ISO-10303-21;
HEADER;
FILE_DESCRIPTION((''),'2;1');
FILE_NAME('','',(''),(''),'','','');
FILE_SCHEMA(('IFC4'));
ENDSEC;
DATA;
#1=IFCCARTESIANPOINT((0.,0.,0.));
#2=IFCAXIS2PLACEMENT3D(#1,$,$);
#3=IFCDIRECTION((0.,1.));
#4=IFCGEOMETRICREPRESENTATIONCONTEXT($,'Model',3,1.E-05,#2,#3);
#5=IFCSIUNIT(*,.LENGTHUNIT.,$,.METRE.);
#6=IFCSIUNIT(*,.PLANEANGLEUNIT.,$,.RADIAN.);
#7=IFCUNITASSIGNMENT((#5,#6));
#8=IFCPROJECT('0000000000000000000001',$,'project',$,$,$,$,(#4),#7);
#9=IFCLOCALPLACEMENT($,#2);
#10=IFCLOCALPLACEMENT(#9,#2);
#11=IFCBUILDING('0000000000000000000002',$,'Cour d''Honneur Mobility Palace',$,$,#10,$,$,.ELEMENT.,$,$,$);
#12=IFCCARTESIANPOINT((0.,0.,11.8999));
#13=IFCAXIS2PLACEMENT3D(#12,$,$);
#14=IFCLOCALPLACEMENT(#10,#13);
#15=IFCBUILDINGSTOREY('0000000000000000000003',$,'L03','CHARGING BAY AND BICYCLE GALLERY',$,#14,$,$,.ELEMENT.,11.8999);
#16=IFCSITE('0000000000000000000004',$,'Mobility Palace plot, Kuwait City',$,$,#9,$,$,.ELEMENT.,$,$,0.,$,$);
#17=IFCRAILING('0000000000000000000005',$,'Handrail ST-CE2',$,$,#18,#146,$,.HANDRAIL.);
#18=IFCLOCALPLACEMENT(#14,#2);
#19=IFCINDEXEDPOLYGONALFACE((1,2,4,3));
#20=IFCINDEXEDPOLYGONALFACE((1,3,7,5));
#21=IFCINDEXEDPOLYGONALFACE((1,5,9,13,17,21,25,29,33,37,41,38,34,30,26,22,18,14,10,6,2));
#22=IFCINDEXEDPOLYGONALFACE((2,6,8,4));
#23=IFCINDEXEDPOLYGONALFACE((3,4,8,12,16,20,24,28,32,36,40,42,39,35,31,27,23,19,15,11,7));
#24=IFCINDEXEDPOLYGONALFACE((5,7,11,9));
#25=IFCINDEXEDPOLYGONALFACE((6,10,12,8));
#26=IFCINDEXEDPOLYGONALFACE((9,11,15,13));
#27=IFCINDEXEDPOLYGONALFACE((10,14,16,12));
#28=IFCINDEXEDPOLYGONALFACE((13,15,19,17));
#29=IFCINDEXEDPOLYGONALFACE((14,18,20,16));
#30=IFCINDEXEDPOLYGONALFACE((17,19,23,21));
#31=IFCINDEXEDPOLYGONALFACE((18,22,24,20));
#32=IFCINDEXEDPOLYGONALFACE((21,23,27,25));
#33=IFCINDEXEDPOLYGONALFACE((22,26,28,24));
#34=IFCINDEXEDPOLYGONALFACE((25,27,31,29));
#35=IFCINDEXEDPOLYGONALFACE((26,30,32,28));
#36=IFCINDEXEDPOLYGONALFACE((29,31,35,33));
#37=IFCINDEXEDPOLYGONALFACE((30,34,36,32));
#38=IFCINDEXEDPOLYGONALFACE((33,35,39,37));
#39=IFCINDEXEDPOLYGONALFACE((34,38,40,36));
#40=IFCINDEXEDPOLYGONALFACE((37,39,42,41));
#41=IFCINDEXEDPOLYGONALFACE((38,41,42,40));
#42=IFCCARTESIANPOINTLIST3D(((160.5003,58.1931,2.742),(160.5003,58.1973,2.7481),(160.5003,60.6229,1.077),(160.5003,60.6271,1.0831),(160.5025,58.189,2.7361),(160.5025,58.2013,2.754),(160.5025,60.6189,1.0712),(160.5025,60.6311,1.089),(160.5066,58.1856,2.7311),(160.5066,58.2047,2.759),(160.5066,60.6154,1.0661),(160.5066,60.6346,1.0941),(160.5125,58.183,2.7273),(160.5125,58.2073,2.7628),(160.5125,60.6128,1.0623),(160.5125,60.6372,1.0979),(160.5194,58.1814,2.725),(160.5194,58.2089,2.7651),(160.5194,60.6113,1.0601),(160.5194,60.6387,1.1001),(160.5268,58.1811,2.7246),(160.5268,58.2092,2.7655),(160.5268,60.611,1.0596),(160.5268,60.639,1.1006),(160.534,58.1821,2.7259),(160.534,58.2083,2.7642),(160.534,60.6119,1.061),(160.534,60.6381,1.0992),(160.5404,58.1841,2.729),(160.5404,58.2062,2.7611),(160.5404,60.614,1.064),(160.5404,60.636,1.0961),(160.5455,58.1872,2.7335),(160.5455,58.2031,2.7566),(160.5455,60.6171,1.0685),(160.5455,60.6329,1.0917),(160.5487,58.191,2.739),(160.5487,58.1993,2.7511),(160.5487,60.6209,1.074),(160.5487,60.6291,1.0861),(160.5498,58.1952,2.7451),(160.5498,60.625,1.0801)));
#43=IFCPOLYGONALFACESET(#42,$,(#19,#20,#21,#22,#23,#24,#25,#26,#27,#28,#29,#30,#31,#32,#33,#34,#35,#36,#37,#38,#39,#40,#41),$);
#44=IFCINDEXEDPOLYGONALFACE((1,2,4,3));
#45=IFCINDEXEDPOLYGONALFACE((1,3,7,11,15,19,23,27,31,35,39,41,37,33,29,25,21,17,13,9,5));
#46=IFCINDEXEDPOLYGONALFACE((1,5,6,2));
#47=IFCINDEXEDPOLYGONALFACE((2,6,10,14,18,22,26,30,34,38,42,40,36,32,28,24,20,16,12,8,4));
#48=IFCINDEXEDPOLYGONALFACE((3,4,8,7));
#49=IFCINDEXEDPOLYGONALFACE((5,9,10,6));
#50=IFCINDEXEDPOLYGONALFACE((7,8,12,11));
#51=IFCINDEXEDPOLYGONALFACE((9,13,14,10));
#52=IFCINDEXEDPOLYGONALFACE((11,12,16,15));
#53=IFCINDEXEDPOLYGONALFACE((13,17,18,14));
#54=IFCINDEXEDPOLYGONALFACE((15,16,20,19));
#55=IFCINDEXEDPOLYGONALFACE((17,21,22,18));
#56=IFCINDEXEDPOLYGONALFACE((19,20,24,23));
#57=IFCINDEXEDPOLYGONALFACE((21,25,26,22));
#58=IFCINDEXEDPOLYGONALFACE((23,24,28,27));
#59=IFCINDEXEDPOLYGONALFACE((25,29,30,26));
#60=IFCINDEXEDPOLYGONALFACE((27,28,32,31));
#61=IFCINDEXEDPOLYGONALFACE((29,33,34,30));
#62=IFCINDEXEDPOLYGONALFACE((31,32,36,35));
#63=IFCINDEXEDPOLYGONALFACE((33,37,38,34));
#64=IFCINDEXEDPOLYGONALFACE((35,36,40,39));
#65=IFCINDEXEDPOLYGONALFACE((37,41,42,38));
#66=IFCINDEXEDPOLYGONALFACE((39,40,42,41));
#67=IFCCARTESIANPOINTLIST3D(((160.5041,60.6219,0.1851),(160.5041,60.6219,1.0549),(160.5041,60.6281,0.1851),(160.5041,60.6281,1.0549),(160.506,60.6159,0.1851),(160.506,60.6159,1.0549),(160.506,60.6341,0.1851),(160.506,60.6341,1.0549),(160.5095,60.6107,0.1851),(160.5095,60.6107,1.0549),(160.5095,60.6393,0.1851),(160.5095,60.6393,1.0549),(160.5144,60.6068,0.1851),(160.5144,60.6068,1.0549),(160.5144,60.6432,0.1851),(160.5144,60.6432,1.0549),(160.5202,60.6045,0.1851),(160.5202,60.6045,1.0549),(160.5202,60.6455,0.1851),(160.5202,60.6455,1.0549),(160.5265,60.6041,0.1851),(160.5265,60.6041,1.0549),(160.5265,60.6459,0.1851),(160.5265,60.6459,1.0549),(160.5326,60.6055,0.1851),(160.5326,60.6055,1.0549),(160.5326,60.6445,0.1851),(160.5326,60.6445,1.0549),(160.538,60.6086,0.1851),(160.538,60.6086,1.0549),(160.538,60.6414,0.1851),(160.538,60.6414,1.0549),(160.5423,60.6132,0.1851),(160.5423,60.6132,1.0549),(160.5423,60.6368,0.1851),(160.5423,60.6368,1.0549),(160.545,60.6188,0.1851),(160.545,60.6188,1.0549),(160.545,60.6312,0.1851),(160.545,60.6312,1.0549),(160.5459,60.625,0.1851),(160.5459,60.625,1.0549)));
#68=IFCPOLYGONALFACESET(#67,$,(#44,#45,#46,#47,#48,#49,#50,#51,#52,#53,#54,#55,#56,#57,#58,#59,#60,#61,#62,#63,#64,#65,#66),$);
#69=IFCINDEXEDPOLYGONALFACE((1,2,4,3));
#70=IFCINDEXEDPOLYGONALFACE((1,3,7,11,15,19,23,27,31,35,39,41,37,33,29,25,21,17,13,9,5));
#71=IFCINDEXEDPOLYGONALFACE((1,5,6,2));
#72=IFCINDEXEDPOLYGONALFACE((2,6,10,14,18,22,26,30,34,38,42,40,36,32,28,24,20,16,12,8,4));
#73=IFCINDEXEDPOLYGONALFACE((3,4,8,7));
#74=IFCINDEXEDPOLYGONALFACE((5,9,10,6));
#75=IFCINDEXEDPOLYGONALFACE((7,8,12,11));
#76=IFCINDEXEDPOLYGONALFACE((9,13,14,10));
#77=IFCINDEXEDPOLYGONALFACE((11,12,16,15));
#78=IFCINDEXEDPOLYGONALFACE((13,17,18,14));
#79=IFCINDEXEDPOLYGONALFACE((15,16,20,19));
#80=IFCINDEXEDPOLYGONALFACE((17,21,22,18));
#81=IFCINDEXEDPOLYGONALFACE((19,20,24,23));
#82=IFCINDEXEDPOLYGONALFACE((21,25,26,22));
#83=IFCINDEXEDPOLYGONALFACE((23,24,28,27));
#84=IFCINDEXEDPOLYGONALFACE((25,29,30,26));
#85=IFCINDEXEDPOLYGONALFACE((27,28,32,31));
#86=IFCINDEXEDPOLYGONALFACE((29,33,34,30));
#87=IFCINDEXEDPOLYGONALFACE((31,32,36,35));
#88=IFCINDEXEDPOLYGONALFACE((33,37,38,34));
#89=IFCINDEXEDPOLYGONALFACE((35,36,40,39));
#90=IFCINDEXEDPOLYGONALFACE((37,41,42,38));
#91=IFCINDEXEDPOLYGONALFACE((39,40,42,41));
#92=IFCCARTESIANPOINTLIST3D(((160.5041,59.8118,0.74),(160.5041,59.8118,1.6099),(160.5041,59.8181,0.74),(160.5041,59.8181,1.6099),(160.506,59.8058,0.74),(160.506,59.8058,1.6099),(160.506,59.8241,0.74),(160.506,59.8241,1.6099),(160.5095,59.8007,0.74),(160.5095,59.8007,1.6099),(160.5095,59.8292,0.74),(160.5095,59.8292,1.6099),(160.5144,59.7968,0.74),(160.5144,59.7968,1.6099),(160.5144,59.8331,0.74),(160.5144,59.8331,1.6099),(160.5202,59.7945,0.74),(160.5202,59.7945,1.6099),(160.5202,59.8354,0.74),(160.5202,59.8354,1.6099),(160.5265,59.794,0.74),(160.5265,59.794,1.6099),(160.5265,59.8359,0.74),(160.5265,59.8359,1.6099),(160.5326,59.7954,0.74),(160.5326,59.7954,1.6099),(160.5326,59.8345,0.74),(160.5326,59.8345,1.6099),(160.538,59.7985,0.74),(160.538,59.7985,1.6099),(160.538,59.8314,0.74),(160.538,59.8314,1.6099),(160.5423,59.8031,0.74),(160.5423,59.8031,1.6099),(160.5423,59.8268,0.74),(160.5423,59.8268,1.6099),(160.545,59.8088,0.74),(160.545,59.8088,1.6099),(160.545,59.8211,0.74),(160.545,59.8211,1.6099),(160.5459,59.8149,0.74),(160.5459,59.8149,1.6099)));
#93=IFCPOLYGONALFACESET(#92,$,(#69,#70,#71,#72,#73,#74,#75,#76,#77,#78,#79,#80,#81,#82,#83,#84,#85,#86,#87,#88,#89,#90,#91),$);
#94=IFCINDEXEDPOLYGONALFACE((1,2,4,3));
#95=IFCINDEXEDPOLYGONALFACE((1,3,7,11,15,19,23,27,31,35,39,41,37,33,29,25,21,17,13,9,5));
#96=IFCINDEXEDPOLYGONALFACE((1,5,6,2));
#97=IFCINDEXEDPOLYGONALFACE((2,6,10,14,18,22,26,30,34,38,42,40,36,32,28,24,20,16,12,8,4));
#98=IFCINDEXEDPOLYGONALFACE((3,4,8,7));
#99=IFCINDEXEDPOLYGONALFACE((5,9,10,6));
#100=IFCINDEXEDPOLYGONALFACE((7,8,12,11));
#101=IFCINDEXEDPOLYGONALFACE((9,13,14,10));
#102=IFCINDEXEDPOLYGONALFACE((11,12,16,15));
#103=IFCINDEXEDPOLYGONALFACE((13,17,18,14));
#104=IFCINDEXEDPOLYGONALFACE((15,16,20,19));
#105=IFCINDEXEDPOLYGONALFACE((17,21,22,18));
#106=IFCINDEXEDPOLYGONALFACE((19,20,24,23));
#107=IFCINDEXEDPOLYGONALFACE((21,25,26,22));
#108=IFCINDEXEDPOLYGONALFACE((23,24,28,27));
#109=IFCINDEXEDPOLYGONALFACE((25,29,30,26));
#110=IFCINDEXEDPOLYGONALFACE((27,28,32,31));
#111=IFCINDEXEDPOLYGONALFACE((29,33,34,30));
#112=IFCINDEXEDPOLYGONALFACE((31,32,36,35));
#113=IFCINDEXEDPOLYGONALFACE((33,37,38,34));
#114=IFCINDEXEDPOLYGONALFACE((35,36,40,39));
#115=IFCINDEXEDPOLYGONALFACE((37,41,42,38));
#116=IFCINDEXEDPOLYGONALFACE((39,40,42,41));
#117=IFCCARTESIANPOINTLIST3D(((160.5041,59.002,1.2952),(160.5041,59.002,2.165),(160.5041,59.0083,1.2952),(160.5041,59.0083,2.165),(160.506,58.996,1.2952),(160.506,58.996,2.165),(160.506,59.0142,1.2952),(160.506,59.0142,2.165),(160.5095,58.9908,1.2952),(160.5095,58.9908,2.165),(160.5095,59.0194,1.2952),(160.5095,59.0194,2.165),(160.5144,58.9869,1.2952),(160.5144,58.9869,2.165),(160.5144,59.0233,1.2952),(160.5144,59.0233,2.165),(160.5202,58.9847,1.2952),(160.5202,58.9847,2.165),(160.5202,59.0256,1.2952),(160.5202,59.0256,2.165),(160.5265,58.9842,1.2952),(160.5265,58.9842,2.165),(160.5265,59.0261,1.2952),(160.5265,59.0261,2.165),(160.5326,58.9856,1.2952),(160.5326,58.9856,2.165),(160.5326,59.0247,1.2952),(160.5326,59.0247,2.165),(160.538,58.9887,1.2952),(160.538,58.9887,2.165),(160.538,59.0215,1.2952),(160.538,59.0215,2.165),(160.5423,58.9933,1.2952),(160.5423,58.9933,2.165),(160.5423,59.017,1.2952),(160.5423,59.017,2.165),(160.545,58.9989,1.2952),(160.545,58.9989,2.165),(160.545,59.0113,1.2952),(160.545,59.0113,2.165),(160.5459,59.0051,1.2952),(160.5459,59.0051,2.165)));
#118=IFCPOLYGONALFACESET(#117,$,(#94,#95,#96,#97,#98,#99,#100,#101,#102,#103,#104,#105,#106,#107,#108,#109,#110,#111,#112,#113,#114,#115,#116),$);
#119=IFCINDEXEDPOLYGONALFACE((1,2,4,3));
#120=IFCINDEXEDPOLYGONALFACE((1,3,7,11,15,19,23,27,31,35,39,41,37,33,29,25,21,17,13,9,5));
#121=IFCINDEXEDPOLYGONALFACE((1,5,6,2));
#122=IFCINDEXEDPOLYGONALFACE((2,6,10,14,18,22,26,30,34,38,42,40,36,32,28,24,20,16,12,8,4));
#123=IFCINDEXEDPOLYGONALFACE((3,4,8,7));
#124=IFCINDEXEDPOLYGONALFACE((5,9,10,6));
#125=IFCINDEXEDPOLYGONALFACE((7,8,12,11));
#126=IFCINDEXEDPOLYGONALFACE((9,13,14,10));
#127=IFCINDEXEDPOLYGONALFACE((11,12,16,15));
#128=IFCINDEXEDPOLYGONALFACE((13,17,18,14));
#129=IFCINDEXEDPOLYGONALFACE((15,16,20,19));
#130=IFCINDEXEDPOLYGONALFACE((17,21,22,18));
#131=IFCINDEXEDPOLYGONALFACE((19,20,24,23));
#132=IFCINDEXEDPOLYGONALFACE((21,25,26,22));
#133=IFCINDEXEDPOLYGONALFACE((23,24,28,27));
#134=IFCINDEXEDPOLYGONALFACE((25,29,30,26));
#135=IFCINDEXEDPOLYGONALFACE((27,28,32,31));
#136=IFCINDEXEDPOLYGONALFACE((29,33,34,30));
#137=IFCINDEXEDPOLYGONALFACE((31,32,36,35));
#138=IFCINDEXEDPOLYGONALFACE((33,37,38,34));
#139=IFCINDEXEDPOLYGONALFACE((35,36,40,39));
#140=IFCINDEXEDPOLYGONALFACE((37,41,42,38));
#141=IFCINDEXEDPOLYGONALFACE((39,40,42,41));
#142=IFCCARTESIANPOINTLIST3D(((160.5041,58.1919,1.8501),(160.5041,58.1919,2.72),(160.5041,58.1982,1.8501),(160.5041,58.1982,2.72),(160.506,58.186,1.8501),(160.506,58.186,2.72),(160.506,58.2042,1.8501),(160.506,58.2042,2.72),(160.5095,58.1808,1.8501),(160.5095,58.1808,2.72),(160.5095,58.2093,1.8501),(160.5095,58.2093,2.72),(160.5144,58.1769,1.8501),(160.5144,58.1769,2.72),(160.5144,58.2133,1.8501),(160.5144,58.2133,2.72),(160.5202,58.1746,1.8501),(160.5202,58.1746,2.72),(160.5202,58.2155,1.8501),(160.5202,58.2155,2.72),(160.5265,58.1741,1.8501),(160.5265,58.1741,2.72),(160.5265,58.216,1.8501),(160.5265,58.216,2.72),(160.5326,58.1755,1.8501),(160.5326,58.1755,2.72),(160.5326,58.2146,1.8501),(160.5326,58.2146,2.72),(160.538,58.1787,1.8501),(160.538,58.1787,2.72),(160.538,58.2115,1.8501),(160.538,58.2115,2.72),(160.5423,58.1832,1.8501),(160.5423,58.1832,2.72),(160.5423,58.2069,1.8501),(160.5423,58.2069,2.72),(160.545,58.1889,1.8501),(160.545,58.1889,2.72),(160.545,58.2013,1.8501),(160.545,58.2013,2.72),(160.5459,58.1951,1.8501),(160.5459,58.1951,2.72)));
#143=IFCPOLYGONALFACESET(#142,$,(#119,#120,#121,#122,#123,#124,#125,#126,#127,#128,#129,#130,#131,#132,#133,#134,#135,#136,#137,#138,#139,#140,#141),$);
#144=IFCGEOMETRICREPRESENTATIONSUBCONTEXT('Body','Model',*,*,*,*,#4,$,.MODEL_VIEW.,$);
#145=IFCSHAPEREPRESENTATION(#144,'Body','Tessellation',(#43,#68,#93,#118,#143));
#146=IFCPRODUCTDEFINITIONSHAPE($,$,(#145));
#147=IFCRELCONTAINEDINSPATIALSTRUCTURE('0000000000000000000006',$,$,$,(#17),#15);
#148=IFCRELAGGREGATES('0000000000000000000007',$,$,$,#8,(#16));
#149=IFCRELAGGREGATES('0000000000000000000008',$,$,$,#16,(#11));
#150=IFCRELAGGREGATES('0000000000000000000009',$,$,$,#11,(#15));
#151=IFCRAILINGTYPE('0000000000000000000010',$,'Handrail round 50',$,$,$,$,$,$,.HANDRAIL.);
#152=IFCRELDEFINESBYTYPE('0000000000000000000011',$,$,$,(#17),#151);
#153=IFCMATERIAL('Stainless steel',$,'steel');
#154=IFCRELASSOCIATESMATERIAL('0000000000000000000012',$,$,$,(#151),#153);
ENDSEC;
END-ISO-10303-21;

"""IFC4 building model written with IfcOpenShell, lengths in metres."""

from ifc_helpers import new_model, si_unit, direction, frame, origin, origin_2d, place, context, subcontext, project, spatial, circle, extrude, material, type_object, element, save


model = new_model("IFC4")

# Units and contexts
model_context = context("Model", 3, precision=1e-05, world=origin(), true_north=direction((0.0, 1.0)))
body_context = subcontext(model_context, "Body", "Model", "MODEL_VIEW")
ifc_project = project(units=[si_unit("LENGTHUNIT", "METRE"), si_unit("PLANEANGLEUNIT", "RADIAN")], contexts=[model_context])

# Site, building, storey
site_placement = place(None, origin())
site = spatial("IfcSite", under=ifc_project, at=site_placement, Name="Mobility Palace plot, Kuwait City", CompositionType="ELEMENT", RefElevation=0.0)
building_placement = place(site_placement, origin())
building = spatial("IfcBuilding", under=site, at=building_placement, Name="Cour d'Honneur Mobility Palace", CompositionType="ELEMENT")
storey_placement = place(building_placement, frame((0.0, 0.0, 11.8999)))
storey = spatial("IfcBuildingStorey", under=building, at=storey_placement, Name="L03", Description="CHARGING BAY AND BICYCLE GALLERY", CompositionType="ELEMENT", Elevation=11.8999)

# Railing
ifc_material_1 = material(Name="Stainless steel", Category="steel")
railing_type_1 = type_object("IfcRailingType", Name="Handrail round 50", PredefinedType="HANDRAIL", material=ifc_material_1)
railing_1_placement = place(storey_placement, frame((160.5249, 60.625, 0.1851)))
element("IfcRailing", 1, at=railing_1_placement, inside=storey, type_object=railing_type_1, Name="Handrail ST-CE2", PredefinedType="HANDRAIL", context=body_context, shape_type="SweptSolid", body=[
    extrude(circle(Radius=0.0249, at=origin_2d()), frame((0.0, 0.0, 0.895), z_axis=(0.0, -0.824919, 0.565251), x_axis=(1.0, 0.0, 0.0)), (0.0, 0.0, 1.0), 2.9456),
    extrude(circle(Radius=0.021, at=origin_2d()), origin(), (0.0, 0.0, 1.0), 0.8699),
    extrude(circle(Radius=0.021, at=origin_2d()), frame((0.0, -0.8101, 0.5549)), (0.0, 0.0, 1.0), 0.8699),
    extrude(circle(Radius=0.021, at=origin_2d()), frame((0.0, -1.6199, 1.1101)), (0.0, 0.0, 1.0), 0.8699),
    extrude(circle(Radius=0.021, at=origin_2d()), frame((0.0, -2.4299, 1.665)), (0.0, 0.0, 1.0), 0.8699),
])

save(model, "model.ifc")
